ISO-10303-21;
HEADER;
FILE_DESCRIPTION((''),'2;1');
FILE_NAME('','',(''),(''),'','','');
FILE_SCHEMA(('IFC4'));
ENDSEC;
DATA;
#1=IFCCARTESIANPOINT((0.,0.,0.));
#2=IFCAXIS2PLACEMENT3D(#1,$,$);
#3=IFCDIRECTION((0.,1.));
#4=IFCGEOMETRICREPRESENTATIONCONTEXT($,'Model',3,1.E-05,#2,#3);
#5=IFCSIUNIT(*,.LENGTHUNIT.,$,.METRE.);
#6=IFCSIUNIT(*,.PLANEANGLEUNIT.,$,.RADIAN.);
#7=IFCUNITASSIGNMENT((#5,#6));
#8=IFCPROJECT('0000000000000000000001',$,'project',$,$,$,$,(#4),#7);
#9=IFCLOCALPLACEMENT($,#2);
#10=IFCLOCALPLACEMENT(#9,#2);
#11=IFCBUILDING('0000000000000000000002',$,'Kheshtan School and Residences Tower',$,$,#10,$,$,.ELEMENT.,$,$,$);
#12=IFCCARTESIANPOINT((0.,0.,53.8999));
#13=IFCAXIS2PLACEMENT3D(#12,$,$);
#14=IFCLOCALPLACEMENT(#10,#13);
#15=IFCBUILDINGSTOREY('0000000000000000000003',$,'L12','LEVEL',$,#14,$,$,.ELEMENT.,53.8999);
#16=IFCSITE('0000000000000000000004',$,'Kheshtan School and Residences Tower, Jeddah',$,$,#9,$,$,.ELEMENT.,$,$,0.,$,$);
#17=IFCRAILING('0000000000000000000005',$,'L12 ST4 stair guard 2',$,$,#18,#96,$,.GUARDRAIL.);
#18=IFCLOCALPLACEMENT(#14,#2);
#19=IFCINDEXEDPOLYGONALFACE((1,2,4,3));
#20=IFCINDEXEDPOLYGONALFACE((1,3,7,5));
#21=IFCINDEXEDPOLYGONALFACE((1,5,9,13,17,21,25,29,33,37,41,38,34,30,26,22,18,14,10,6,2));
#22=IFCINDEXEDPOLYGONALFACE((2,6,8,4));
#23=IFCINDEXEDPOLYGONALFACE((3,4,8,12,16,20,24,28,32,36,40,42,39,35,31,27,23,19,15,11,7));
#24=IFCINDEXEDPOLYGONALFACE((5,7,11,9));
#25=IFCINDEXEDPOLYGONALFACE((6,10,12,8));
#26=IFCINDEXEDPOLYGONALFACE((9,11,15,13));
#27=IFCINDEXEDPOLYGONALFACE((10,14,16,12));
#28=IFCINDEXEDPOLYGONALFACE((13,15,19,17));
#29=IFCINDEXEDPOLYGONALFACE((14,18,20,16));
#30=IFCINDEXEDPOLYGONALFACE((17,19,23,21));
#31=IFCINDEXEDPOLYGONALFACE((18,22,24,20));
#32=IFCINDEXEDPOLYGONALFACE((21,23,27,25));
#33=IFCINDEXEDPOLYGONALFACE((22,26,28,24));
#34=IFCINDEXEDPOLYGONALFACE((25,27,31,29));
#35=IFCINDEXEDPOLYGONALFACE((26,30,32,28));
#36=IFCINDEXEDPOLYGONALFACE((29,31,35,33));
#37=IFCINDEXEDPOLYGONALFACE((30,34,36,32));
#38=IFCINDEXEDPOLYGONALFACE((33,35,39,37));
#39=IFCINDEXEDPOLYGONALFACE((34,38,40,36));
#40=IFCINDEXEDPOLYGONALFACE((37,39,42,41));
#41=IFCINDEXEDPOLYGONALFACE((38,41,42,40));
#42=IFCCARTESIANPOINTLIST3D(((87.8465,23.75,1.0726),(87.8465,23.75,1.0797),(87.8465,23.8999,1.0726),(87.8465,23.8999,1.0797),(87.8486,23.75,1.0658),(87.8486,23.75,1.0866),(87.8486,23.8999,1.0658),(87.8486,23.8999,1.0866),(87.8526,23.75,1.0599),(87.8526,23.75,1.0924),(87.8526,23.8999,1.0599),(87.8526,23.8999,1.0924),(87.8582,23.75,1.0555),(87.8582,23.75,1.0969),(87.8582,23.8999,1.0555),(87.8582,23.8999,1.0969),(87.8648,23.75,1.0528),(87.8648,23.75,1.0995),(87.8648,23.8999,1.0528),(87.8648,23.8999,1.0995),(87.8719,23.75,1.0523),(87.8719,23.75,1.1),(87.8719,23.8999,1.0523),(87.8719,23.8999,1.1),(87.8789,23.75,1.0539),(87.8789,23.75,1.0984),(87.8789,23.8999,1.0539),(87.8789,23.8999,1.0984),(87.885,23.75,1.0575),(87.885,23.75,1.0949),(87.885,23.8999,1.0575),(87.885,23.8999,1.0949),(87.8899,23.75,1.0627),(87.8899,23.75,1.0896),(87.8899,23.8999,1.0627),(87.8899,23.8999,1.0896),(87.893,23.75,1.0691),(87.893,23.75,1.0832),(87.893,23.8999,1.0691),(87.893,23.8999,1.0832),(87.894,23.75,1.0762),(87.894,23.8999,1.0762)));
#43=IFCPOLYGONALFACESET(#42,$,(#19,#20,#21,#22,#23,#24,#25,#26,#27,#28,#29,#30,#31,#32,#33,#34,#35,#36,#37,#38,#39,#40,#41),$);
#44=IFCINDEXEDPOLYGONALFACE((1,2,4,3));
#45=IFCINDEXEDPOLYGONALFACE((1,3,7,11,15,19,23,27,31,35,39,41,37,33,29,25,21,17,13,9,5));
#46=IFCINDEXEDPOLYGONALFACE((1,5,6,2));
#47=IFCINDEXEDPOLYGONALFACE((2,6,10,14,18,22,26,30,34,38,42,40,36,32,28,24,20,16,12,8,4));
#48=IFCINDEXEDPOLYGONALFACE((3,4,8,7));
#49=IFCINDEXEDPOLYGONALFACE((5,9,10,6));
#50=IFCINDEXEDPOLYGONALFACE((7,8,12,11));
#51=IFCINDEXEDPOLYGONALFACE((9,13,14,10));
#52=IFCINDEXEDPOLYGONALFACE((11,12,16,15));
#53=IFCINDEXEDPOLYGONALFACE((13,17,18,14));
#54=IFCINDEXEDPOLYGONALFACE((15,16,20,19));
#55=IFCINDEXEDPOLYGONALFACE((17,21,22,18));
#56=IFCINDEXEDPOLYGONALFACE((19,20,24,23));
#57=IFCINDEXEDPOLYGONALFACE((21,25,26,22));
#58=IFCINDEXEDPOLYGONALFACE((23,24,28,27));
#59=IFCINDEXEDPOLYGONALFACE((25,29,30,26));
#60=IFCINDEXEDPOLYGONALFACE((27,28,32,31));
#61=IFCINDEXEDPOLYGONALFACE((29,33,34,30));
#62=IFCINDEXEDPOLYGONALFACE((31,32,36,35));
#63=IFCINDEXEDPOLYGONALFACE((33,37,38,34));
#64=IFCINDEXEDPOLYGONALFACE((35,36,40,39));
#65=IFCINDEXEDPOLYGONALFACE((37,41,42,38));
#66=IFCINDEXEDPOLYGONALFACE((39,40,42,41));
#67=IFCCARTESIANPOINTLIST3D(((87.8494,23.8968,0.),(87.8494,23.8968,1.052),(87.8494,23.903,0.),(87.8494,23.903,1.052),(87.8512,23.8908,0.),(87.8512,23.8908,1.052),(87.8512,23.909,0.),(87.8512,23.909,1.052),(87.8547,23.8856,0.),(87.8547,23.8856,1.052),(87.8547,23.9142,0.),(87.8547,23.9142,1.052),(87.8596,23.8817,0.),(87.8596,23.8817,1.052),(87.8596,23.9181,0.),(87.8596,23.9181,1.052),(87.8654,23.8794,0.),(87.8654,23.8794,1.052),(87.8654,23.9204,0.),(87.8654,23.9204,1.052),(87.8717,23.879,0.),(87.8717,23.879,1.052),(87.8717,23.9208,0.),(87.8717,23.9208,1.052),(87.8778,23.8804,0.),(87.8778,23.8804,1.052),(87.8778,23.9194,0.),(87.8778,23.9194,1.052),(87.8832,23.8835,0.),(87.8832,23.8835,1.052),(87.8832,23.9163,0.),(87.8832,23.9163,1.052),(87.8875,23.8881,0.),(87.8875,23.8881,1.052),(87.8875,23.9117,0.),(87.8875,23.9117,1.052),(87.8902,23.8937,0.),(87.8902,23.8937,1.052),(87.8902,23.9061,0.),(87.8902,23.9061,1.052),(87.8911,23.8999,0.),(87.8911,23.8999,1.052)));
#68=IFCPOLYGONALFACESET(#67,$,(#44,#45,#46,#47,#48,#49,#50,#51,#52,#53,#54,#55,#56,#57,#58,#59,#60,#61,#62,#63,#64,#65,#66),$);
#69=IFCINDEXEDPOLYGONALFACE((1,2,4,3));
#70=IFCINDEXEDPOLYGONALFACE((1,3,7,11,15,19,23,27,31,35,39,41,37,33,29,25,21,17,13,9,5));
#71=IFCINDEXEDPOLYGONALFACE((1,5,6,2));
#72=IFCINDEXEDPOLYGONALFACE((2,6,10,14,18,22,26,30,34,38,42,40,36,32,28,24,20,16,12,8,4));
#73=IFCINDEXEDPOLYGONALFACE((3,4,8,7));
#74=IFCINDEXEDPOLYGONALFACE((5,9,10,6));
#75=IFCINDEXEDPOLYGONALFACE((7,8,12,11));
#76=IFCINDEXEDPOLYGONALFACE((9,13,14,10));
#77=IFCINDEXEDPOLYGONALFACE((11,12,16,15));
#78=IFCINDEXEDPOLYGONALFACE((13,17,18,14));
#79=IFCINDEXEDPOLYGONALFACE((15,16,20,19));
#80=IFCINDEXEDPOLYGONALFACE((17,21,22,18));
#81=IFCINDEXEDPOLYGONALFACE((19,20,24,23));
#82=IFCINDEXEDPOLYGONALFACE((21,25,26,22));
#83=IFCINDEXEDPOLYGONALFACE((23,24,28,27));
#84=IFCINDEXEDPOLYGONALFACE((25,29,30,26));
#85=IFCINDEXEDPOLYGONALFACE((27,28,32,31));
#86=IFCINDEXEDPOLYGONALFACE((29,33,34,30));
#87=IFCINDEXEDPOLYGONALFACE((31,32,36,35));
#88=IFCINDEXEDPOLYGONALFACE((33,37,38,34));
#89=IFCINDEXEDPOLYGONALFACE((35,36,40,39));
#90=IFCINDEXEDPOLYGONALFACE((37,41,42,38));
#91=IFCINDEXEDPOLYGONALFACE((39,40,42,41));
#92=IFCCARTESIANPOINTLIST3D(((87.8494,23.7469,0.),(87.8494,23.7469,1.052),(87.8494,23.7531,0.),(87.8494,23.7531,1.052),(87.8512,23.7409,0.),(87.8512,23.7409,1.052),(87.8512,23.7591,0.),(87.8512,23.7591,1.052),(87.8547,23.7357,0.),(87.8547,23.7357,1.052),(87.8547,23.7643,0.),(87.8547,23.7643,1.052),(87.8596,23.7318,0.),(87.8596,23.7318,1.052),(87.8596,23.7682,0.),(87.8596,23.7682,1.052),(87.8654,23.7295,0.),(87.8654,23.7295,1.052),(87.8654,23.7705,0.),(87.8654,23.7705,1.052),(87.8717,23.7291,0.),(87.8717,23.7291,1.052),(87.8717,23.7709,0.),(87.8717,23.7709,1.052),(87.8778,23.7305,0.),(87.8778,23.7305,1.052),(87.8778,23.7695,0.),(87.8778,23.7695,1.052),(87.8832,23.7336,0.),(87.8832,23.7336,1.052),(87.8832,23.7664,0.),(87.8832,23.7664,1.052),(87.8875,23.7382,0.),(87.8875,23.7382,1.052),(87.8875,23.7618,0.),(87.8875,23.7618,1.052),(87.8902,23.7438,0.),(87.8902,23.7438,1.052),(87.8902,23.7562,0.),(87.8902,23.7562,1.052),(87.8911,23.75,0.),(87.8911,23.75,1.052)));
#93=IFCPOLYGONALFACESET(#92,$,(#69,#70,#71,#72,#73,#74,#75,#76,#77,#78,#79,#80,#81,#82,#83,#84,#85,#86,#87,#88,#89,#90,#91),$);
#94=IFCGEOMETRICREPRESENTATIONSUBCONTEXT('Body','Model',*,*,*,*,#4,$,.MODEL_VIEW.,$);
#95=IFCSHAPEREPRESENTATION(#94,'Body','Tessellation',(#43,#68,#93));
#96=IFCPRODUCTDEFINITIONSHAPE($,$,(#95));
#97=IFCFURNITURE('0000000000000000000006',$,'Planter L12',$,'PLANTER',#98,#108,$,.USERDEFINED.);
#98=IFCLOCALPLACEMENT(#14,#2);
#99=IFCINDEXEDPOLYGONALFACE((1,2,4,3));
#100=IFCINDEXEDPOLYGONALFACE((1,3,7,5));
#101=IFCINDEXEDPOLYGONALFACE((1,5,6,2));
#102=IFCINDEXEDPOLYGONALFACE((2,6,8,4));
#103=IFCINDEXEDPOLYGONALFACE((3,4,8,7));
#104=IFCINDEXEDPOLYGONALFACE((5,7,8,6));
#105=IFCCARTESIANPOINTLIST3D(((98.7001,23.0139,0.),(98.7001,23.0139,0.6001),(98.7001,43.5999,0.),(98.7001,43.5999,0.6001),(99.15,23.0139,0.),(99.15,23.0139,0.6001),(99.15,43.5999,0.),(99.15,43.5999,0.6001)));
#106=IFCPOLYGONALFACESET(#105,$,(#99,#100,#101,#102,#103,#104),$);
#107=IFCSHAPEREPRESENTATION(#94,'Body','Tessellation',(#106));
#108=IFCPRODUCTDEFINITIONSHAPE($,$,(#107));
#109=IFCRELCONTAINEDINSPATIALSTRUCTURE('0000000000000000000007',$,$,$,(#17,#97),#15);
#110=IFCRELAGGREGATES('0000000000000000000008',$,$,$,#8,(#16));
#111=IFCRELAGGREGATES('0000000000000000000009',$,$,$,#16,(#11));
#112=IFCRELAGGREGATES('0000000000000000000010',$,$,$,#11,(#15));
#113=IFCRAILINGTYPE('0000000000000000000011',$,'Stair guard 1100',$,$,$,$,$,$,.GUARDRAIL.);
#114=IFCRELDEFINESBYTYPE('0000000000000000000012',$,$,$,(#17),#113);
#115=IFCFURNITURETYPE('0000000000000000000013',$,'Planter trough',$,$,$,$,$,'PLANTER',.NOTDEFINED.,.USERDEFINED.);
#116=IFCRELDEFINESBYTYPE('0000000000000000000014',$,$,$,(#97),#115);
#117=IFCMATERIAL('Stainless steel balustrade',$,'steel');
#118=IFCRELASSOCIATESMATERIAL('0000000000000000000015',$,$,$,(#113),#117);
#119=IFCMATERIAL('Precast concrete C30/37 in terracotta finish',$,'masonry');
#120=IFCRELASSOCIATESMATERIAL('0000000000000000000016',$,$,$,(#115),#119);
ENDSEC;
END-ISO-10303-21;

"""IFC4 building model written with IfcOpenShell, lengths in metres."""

from ifc_helpers import new_model, si_unit, direction, frame, origin, origin_2d, place, context, subcontext, project, spatial, rectangle, circle, extrude, material, type_object, element, save


model = new_model("IFC4")

# Units and contexts
model_context = context("Model", 3, precision=1e-05, world=origin(), true_north=direction((0.0, 1.0)))
body_context = subcontext(model_context, "Body", "Model", "MODEL_VIEW")
ifc_project = project(units=[si_unit("LENGTHUNIT", "METRE"), si_unit("PLANEANGLEUNIT", "RADIAN")], contexts=[model_context])

# Site, building, storey
site_placement = place(None, origin())
site = spatial("IfcSite", under=ifc_project, at=site_placement, Name="Kheshtan School and Residences Tower, Jeddah", CompositionType="ELEMENT", RefElevation=0.0)
building_placement = place(site_placement, origin())
building = spatial("IfcBuilding", under=site, at=building_placement, Name="Kheshtan School and Residences Tower", CompositionType="ELEMENT")
storey_placement = place(building_placement, frame((0.0, 0.0, 53.8999)))
storey = spatial("IfcBuildingStorey", under=building, at=storey_placement, Name="L12", Description="LEVEL", CompositionType="ELEMENT", Elevation=53.8999)

# Railing
ifc_material_1 = material(Name="Stainless steel balustrade", Category="steel")
railing_type = type_object("IfcRailingType", Name="Stair guard 1100", PredefinedType="GUARDRAIL", material=ifc_material_1)
railing_placement = place(storey_placement, frame((87.8701, 23.8999, 0.0)))
element("IfcRailing", 1, at=railing_placement, inside=storey, type_object=railing_type, Name="L12 ST4 stair guard 2", PredefinedType="GUARDRAIL", context=body_context, shape_type="SweptSolid", body=[
    extrude(circle(Radius=0.0239, at=origin_2d()), frame((0.0, 0.0, 1.0762), z_axis=(0.0, -1.0, 0.0), x_axis=(1.0, 0.0, 0.0)), (0.0, 0.0, 1.0), 0.1499),
    extrude(circle(Radius=0.021, at=origin_2d()), origin(), (0.0, 0.0, 1.0), 1.052),
    extrude(circle(Radius=0.021, at=origin_2d()), frame((0.0, -0.1499, 0.0)), (0.0, 0.0, 1.0), 1.052),
])

# Furniture
ifc_material_2 = material(Name="Precast concrete C30/37 in terracotta finish", Category="masonry")
furniture_type = type_object("IfcFurnitureType", Name="Planter trough", ElementType="PLANTER", AssemblyPlace="NOTDEFINED", PredefinedType="USERDEFINED", material=ifc_material_2)
furniture_placement = place(storey_placement, frame((98.925, 33.3069, 0.0), z_axis=(0.0, 0.0, 1.0), x_axis=(0.0, -1.0, 0.0)))
element("IfcFurniture", 2, at=furniture_placement, inside=storey, type_object=furniture_type, Name="Planter L12", ObjectType="PLANTER", PredefinedType="USERDEFINED", context=body_context, shape_type="SweptSolid", body=[
    extrude(rectangle(XDim=20.5859, YDim=0.45, at=origin_2d()), origin(), (0.0, 0.0, 1.0), 0.6001),
])

save(model, "model.ifc")
